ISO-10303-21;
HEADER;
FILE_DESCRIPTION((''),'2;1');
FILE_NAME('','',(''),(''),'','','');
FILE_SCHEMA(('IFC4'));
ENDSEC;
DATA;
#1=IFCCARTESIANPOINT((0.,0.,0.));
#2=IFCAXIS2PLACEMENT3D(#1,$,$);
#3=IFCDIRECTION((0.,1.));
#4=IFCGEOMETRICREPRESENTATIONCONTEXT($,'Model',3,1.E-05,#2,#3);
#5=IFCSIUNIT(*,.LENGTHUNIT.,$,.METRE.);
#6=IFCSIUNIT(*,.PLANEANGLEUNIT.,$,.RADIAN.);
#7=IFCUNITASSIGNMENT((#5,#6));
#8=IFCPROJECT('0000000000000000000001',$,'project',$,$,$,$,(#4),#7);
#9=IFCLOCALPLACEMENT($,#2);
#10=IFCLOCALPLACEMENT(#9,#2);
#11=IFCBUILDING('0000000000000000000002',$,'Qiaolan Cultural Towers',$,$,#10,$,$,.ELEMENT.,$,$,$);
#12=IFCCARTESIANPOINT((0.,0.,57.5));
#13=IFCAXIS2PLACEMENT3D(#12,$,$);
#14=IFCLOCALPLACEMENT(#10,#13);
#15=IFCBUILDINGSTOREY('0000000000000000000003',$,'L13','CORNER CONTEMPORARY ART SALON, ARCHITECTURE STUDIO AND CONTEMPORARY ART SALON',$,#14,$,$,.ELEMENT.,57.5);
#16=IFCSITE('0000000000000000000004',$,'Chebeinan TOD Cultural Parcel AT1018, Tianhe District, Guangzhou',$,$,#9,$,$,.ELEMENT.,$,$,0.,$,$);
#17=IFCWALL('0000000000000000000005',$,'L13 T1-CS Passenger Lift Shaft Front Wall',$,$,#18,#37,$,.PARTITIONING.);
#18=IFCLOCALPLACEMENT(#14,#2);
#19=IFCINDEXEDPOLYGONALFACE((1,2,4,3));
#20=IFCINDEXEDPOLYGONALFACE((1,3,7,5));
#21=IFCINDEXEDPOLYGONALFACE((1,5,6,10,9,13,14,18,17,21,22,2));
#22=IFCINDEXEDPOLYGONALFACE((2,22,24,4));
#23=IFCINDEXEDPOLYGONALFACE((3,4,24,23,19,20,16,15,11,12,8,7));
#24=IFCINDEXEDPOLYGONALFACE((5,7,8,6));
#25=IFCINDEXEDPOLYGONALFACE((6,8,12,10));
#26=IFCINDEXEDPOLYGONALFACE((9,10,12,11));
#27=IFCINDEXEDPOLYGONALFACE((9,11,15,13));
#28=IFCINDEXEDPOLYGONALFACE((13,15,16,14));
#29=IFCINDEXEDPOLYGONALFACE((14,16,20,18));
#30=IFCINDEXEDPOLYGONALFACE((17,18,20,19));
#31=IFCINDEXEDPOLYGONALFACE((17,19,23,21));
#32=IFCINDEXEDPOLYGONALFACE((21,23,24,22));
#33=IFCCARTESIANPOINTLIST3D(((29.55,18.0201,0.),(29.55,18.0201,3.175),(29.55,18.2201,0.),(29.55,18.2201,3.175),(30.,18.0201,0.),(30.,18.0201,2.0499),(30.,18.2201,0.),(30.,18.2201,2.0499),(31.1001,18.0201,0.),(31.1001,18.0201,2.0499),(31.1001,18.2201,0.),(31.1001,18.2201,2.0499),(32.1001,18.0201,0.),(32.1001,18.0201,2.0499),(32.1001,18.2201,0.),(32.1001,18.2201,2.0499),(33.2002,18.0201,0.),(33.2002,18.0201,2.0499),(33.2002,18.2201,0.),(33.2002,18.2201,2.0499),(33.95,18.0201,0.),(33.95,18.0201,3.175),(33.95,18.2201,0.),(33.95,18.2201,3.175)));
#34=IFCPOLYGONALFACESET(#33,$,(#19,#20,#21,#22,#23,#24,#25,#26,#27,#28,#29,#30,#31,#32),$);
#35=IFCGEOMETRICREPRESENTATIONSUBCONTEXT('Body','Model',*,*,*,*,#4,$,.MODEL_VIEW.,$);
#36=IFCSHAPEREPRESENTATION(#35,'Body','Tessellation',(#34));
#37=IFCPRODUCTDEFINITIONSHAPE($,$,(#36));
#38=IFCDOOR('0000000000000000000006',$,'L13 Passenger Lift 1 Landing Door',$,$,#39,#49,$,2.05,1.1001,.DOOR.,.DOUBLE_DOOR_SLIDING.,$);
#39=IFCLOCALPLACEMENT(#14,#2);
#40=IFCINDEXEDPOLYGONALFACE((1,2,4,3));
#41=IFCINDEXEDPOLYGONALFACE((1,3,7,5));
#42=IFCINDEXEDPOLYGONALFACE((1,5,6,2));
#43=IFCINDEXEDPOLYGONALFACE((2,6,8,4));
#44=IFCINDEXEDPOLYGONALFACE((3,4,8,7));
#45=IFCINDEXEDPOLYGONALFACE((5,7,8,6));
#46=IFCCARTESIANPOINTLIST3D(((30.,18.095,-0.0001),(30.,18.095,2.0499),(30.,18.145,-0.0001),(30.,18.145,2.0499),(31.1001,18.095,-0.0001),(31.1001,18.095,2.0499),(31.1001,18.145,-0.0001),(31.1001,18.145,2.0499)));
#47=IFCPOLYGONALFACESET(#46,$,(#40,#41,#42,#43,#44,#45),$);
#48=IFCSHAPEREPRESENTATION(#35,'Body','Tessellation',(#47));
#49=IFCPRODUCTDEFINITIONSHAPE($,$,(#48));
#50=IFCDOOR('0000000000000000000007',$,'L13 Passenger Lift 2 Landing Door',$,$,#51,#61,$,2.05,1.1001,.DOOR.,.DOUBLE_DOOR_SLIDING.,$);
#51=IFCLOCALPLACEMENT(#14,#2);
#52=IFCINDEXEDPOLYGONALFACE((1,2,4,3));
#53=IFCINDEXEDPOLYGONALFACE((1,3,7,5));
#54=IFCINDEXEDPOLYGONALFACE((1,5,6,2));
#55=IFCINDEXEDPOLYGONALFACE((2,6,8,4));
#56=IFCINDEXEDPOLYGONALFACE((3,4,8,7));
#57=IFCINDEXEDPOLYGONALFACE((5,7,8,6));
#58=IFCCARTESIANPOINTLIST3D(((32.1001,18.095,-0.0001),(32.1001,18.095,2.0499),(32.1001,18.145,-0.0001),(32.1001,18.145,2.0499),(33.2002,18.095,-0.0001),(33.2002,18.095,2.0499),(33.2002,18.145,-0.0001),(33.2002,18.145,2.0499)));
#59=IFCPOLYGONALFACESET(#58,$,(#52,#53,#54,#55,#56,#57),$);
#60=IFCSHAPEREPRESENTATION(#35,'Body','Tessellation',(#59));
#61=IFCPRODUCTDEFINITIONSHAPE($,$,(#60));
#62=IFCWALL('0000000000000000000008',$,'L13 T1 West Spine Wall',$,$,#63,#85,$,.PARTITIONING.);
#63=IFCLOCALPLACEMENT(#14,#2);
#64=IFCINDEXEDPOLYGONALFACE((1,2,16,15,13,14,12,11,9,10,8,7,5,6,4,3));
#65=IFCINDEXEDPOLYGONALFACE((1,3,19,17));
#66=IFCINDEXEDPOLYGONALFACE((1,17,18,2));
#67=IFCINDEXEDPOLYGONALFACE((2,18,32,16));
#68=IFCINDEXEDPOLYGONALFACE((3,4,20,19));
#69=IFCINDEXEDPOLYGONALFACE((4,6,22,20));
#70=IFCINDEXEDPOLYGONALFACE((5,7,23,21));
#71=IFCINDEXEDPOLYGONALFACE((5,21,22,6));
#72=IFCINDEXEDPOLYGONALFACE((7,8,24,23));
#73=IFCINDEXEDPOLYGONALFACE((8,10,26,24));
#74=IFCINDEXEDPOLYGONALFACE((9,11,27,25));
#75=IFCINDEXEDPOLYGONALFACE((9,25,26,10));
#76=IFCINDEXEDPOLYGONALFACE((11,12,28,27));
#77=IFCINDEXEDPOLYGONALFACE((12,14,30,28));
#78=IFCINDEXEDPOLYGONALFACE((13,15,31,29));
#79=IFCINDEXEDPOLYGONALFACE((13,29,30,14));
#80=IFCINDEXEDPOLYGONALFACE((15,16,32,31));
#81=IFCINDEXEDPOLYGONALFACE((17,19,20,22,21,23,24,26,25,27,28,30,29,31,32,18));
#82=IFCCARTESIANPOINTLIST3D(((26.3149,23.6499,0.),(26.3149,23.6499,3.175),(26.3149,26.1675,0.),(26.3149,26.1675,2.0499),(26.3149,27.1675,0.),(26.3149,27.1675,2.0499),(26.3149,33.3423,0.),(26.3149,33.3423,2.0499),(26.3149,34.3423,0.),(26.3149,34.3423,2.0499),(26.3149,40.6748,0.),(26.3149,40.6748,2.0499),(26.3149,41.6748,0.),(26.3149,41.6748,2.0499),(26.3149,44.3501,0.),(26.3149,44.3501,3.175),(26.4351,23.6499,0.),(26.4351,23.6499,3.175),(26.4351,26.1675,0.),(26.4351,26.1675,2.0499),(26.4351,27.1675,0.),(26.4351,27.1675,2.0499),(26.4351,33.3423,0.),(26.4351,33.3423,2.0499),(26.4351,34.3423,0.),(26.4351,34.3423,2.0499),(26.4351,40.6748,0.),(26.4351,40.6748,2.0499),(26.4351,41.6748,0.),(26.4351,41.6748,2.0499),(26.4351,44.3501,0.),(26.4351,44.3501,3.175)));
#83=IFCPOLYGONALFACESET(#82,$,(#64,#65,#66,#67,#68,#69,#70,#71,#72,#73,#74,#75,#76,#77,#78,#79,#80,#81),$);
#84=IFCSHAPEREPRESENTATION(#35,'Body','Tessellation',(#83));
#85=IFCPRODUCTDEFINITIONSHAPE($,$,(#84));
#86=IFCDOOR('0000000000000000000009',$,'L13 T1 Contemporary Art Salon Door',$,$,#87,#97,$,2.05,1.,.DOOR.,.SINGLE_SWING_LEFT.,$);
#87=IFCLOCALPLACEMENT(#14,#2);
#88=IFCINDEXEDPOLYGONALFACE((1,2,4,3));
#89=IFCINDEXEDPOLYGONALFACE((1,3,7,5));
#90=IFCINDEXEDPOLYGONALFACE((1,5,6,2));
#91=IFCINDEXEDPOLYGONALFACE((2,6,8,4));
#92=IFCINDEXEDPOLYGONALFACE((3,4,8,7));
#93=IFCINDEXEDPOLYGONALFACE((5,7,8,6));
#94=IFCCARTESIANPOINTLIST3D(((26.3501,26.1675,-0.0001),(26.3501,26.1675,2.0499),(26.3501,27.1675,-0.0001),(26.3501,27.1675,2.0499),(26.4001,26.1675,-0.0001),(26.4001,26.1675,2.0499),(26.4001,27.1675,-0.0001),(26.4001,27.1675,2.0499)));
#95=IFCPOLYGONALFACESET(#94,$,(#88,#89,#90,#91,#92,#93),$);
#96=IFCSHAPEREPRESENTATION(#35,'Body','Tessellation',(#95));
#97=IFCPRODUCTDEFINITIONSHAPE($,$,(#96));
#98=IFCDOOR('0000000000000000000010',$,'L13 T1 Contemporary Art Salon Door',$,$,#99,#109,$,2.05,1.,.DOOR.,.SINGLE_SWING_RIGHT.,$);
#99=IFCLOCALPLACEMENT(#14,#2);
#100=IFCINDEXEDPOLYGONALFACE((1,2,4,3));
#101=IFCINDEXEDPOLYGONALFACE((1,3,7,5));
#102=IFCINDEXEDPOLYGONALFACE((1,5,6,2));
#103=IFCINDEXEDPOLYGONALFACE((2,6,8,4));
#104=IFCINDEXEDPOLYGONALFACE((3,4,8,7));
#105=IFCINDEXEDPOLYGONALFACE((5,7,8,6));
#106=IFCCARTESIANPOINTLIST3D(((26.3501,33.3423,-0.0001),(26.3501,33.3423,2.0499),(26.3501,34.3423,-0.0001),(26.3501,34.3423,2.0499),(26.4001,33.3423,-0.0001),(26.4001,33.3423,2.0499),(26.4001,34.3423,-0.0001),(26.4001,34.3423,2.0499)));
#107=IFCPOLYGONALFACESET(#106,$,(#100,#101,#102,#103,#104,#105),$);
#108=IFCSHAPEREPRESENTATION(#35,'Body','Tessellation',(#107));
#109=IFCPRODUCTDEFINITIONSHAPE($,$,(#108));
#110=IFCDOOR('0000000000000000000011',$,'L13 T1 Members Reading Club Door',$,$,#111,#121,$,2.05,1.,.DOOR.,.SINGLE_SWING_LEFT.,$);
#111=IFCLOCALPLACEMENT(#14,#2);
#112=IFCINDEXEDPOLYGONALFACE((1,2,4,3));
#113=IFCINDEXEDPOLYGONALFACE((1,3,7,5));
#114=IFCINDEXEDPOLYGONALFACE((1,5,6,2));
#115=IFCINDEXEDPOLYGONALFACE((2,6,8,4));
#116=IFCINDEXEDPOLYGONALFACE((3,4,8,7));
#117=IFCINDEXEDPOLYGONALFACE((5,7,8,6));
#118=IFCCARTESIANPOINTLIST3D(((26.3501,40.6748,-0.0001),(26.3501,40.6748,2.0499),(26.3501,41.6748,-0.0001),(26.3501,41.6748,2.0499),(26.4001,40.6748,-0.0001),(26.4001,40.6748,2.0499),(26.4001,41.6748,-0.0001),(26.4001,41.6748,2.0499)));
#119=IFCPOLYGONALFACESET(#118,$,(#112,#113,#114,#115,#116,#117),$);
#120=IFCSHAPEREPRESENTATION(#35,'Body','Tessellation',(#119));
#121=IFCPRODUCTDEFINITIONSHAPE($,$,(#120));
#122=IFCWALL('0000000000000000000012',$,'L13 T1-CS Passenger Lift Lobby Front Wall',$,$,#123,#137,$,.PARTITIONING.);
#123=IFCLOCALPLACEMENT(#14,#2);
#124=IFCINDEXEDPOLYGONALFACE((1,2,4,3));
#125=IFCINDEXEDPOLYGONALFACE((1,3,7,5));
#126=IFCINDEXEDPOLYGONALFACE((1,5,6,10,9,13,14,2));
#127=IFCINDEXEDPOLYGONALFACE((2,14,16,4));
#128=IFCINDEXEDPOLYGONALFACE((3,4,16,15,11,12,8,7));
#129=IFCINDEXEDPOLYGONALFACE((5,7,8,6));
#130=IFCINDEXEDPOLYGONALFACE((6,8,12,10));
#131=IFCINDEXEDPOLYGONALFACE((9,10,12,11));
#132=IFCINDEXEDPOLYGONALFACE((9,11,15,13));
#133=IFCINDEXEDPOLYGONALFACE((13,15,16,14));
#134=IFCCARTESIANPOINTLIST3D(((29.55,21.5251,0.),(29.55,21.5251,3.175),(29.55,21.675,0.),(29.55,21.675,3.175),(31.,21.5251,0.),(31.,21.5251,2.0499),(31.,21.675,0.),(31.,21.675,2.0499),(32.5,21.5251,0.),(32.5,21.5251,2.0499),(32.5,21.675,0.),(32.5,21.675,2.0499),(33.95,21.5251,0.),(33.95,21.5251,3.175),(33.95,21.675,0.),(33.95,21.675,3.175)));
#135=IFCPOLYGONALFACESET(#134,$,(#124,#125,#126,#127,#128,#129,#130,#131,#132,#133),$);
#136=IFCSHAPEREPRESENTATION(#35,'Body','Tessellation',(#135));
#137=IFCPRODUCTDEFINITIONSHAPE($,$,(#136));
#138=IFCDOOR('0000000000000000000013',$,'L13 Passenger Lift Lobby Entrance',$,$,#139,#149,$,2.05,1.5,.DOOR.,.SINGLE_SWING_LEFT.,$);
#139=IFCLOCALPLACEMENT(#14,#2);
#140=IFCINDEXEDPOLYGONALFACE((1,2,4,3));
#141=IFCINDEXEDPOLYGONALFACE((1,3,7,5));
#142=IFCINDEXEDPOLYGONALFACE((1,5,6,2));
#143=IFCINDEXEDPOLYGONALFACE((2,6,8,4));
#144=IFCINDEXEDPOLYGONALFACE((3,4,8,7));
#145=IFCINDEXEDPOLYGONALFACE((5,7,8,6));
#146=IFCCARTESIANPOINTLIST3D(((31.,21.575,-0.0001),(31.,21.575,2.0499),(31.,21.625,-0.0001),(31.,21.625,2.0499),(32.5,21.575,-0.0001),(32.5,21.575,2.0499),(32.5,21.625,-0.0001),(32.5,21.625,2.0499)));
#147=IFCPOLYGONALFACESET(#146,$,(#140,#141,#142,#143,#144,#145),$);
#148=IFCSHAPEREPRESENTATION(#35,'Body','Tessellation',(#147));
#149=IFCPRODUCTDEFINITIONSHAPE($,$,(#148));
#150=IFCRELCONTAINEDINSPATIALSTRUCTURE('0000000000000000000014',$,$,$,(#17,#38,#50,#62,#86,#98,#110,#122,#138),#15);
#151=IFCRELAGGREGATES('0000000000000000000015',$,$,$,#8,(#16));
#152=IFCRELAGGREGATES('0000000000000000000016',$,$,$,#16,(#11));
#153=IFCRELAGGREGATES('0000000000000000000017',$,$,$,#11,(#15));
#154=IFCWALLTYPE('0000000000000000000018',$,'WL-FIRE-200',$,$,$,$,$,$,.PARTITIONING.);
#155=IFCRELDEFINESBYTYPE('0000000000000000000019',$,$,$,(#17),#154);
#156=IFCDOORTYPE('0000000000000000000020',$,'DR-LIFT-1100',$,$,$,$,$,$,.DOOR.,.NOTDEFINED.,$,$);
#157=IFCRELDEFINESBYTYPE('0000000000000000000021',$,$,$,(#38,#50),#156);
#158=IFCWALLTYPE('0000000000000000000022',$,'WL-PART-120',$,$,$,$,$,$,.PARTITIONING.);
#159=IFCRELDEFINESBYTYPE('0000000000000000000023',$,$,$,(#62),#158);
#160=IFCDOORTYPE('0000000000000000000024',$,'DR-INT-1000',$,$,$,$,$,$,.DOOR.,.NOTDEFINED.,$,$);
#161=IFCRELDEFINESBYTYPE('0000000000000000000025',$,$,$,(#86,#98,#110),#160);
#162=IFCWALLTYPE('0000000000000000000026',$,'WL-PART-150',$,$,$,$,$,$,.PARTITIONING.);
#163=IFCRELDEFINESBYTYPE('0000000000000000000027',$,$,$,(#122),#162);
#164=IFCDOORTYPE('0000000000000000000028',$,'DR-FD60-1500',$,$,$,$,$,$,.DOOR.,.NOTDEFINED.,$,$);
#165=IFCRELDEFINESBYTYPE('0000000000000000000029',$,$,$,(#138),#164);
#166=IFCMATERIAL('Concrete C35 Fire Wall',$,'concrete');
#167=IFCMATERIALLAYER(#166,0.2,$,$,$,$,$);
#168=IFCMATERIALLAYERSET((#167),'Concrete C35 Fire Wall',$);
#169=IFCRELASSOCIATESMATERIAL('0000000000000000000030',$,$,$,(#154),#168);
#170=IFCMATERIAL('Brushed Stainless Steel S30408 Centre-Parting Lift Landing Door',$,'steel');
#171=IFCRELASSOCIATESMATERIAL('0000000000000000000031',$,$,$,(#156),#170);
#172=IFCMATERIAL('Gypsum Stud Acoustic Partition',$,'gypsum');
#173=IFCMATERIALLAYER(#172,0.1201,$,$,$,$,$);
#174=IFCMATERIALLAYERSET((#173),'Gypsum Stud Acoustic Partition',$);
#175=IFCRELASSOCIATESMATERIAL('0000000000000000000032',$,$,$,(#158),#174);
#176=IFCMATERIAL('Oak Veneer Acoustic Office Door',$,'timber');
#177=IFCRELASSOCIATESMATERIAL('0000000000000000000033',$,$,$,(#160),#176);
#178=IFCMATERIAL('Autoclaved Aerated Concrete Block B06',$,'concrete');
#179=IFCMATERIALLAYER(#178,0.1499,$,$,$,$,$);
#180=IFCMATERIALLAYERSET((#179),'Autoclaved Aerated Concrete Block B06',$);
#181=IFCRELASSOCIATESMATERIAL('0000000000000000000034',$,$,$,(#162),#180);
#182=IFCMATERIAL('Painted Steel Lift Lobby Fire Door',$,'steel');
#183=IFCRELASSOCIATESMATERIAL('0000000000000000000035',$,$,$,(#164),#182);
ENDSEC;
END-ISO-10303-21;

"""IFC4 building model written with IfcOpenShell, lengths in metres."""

from ifc_helpers import new_model, si_unit, direction, frame, frame_2d, origin, place, context, subcontext, project, spatial, rectangle, extrude, material, layer, layer_set, type_object, element, fill, save


model = new_model("IFC4")

# Units and contexts
model_context = context("Model", 3, precision=1e-05, world=origin(), true_north=direction((0.0, 1.0)))
body_context = subcontext(model_context, "Body", "Model", "MODEL_VIEW")
ifc_project = project(units=[si_unit("LENGTHUNIT", "METRE"), si_unit("PLANEANGLEUNIT", "RADIAN")], contexts=[model_context])

# Site, building, storey
site_placement = place(None, origin())
site = spatial("IfcSite", under=ifc_project, at=site_placement, Name="Chebeinan TOD Cultural Parcel AT1018, Tianhe District, Guangzhou", CompositionType="ELEMENT", RefElevation=0.0)
building_placement = place(site_placement, origin())
building = spatial("IfcBuilding", under=site, at=building_placement, Name="Qiaolan Cultural Towers", CompositionType="ELEMENT")
storey_placement = place(building_placement, frame((0.0, 0.0, 57.5)))
storey = spatial("IfcBuildingStorey", under=building, at=storey_placement, Name="L13", Description="CORNER CONTEMPORARY ART SALON, ARCHITECTURE STUDIO AND CONTEMPORARY ART SALON", CompositionType="ELEMENT", Elevation=57.5)

# Shared definitions
ifc_material_1 = material(Name="Concrete C35 Fire Wall", Category="concrete")
ifc_layer_1 = layer(ifc_material_1, 0.2)
ifc_layer_set_1 = layer_set([ifc_layer_1], Name="Concrete C35 Fire Wall")
wall_type_1 = type_object("IfcWallType", Name="WL-FIRE-200", PredefinedType="PARTITIONING", material=ifc_layer_set_1)

# Walls, openings, doors
wall_1_placement = place(storey_placement, frame((29.55, 18.1201, 0.0), z_axis=(0.0, 0.0, 1.0), x_axis=(1.0, 0.0, 0.0)))
wall_1 = element("IfcWall", 1, at=wall_1_placement, inside=storey, type_object=wall_type_1, Name="L13 T1-CS Passenger Lift Shaft Front Wall", PredefinedType="PARTITIONING", context=body_context, shape_type="SweptSolid", body=[
    extrude(rectangle(XDim=4.3999, YDim=0.2, at=frame_2d((2.2, 0.0))), origin(), (0.0, 0.0, 1.0), 3.175),
])
opening_1_placement = place(wall_1_placement, frame((0.45, 0.0, 0.0)))
opening_1 = element("IfcOpeningElement", 2, at=opening_1_placement, cuts=wall_1, PredefinedType="OPENING", context=body_context, shape_type="SweptSolid", body=[
    extrude(rectangle(XDim=1.1001, YDim=2.05, at=frame_2d((0.55, 1.0249))), frame((0.0, 0.1099, 0.0), z_axis=(0.0, -1.0, 0.0), x_axis=(1.0, 0.0, 0.0)), (0.0, 0.0, 1.0), 0.22),
])
opening_2_placement = place(wall_1_placement, frame((2.55, 0.0, 0.0)))
opening_2 = element("IfcOpeningElement", 3, at=opening_2_placement, cuts=wall_1, PredefinedType="OPENING", context=body_context, shape_type="SweptSolid", body=[
    extrude(rectangle(XDim=1.1001, YDim=2.05, at=frame_2d((0.55, 1.0249))), frame((0.0, 0.1099, 0.0), z_axis=(0.0, -1.0, 0.0), x_axis=(1.0, 0.0, 0.0)), (0.0, 0.0, 1.0), 0.22),
])
ifc_material_2 = material(Name="Brushed Stainless Steel S30408 Centre-Parting Lift Landing Door", Category="steel")
door_type_1 = type_object("IfcDoorType", Name="DR-LIFT-1100", OperationType="NOTDEFINED", PredefinedType="DOOR", material=ifc_material_2)
door_1_placement = place(opening_1_placement, origin())
door_1 = element("IfcDoor", 4, at=door_1_placement, inside=storey, type_object=door_type_1, Name="L13 Passenger Lift 1 Landing Door", OperationType="DOUBLE_DOOR_SLIDING", OverallHeight=2.05, OverallWidth=1.1001, PredefinedType="DOOR", context=body_context, shape_type="SweptSolid", body=[
    extrude(rectangle(XDim=1.1001, YDim=2.05, at=frame_2d((0.55, 1.0249))), frame((0.0, 0.0249, 0.0), z_axis=(0.0, -1.0, 0.0), x_axis=(1.0, 0.0, 0.0)), (0.0, 0.0, 1.0), 0.05),
])
fill(opening_1, door_1)
door_2_placement = place(opening_2_placement, origin())
door_2 = element("IfcDoor", 5, at=door_2_placement, inside=storey, type_object=door_type_1, Name="L13 Passenger Lift 2 Landing Door", OperationType="DOUBLE_DOOR_SLIDING", OverallHeight=2.05, OverallWidth=1.1001, PredefinedType="DOOR", context=body_context, shape_type="SweptSolid", body=[
    extrude(rectangle(XDim=1.1001, YDim=2.05, at=frame_2d((0.55, 1.0249))), frame((0.0, 0.0249, 0.0), z_axis=(0.0, -1.0, 0.0), x_axis=(1.0, 0.0, 0.0)), (0.0, 0.0, 1.0), 0.05),
])
fill(opening_2, door_2)
ifc_material_3 = material(Name="Gypsum Stud Acoustic Partition", Category="gypsum")
ifc_layer_2 = layer(ifc_material_3, 0.1201)
ifc_layer_set_2 = layer_set([ifc_layer_2], Name="Gypsum Stud Acoustic Partition")
wall_type_2 = type_object("IfcWallType", Name="WL-PART-120", PredefinedType="PARTITIONING", material=ifc_layer_set_2)
wall_2_placement = place(storey_placement, frame((26.375, 23.6499, 0.0), z_axis=(0.0, 0.0, 1.0), x_axis=(0.0, 1.0, 0.0)))
wall_2 = element("IfcWall", 6, at=wall_2_placement, inside=storey, type_object=wall_type_2, Name="L13 T1 West Spine Wall", PredefinedType="PARTITIONING", context=body_context, shape_type="SweptSolid", body=[
    extrude(rectangle(XDim=20.7002, YDim=0.1201, at=frame_2d((10.3501, 0.0))), origin(), (0.0, 0.0, 1.0), 3.175),
])
opening_3_placement = place(wall_2_placement, frame((2.5176, 0.0, 0.0)))
opening_3 = element("IfcOpeningElement", 7, at=opening_3_placement, cuts=wall_2, PredefinedType="OPENING", context=body_context, shape_type="SweptSolid", body=[
    extrude(rectangle(XDim=1.0, YDim=2.05, at=frame_2d((0.5, 1.0249))), frame((0.0, 0.0701, 0.0), z_axis=(0.0, -1.0, 0.0), x_axis=(1.0, 0.0, 0.0)), (0.0, 0.0, 1.0), 0.1401),
])
opening_4_placement = place(wall_2_placement, frame((9.6924, 0.0, 0.0)))
opening_4 = element("IfcOpeningElement", 8, at=opening_4_placement, cuts=wall_2, PredefinedType="OPENING", context=body_context, shape_type="SweptSolid", body=[
    extrude(rectangle(XDim=1.0, YDim=2.05, at=frame_2d((0.5, 1.0249))), frame((0.0, 0.0701, 0.0), z_axis=(0.0, -1.0, 0.0), x_axis=(1.0, 0.0, 0.0)), (0.0, 0.0, 1.0), 0.1401),
])
opening_5_placement = place(wall_2_placement, frame((17.0249, 0.0, 0.0)))
opening_5 = element("IfcOpeningElement", 9, at=opening_5_placement, cuts=wall_2, PredefinedType="OPENING", context=body_context, shape_type="SweptSolid", body=[
    extrude(rectangle(XDim=1.0, YDim=2.05, at=frame_2d((0.5, 1.0249))), frame((0.0, 0.0701, 0.0), z_axis=(0.0, -1.0, 0.0), x_axis=(1.0, 0.0, 0.0)), (0.0, 0.0, 1.0), 0.1401),
])
ifc_material_4 = material(Name="Oak Veneer Acoustic Office Door", Category="timber")
door_type_2 = type_object("IfcDoorType", Name="DR-INT-1000", OperationType="NOTDEFINED", PredefinedType="DOOR", material=ifc_material_4)
door_3_placement = place(opening_3_placement, origin())
door_3 = element("IfcDoor", 10, at=door_3_placement, inside=storey, type_object=door_type_2, Name="L13 T1 Contemporary Art Salon Door", OperationType="SINGLE_SWING_LEFT", OverallHeight=2.05, OverallWidth=1.0, PredefinedType="DOOR", context=body_context, shape_type="SweptSolid", body=[
    extrude(rectangle(XDim=1.0, YDim=2.05, at=frame_2d((0.5, 1.0249))), frame((0.0, 0.0249, 0.0), z_axis=(0.0, -1.0, 0.0), x_axis=(1.0, 0.0, 0.0)), (0.0, 0.0, 1.0), 0.05),
])
fill(opening_3, door_3)
door_4_placement = place(opening_4_placement, origin())
door_4 = element("IfcDoor", 11, at=door_4_placement, inside=storey, type_object=door_type_2, Name="L13 T1 Contemporary Art Salon Door", OperationType="SINGLE_SWING_RIGHT", OverallHeight=2.05, OverallWidth=1.0, PredefinedType="DOOR", context=body_context, shape_type="SweptSolid", body=[
    extrude(rectangle(XDim=1.0, YDim=2.05, at=frame_2d((0.5, 1.0249))), frame((0.0, 0.0249, 0.0), z_axis=(0.0, -1.0, 0.0), x_axis=(1.0, 0.0, 0.0)), (0.0, 0.0, 1.0), 0.05),
])
fill(opening_4, door_4)
door_5_placement = place(opening_5_placement, origin())
door_5 = element("IfcDoor", 12, at=door_5_placement, inside=storey, type_object=door_type_2, Name="L13 T1 Members Reading Club Door", OperationType="SINGLE_SWING_LEFT", OverallHeight=2.05, OverallWidth=1.0, PredefinedType="DOOR", context=body_context, shape_type="SweptSolid", body=[
    extrude(rectangle(XDim=1.0, YDim=2.05, at=frame_2d((0.5, 1.0249))), frame((0.0, 0.0249, 0.0), z_axis=(0.0, -1.0, 0.0), x_axis=(1.0, 0.0, 0.0)), (0.0, 0.0, 1.0), 0.05),
])
fill(opening_5, door_5)

# Wall, opening, door
ifc_material_5 = material(Name="Autoclaved Aerated Concrete Block B06", Category="concrete")
ifc_layer_3 = layer(ifc_material_5, 0.1499)
ifc_layer_set_3 = layer_set([ifc_layer_3], Name="Autoclaved Aerated Concrete Block B06")
wall_type_3 = type_object("IfcWallType", Name="WL-PART-150", PredefinedType="PARTITIONING", material=ifc_layer_set_3)
wall_3_placement = place(storey_placement, frame((29.55, 21.6001, 0.0), z_axis=(0.0, 0.0, 1.0), x_axis=(1.0, 0.0, 0.0)))
wall_3 = element("IfcWall", 13, at=wall_3_placement, inside=storey, type_object=wall_type_3, Name="L13 T1-CS Passenger Lift Lobby Front Wall", PredefinedType="PARTITIONING", context=body_context, shape_type="SweptSolid", body=[
    extrude(rectangle(XDim=4.3999, YDim=0.1499, at=frame_2d((2.2, 0.0))), origin(), (0.0, 0.0, 1.0), 3.175),
])
opening_6_placement = place(wall_3_placement, frame((1.45, 0.0, 0.0)))
opening_6 = element("IfcOpeningElement", 14, at=opening_6_placement, cuts=wall_3, PredefinedType="OPENING", context=body_context, shape_type="SweptSolid", body=[
    extrude(rectangle(XDim=1.5, YDim=2.05, at=frame_2d((0.75, 1.0249))), frame((0.0, 0.085, 0.0), z_axis=(0.0, -1.0, 0.0), x_axis=(1.0, 0.0, 0.0)), (0.0, 0.0, 1.0), 0.1699),
])
ifc_material_6 = material(Name="Painted Steel Lift Lobby Fire Door", Category="steel")
door_type_3 = type_object("IfcDoorType", Name="DR-FD60-1500", OperationType="NOTDEFINED", PredefinedType="DOOR", material=ifc_material_6)
door_6_placement = place(opening_6_placement, origin())
door_6 = element("IfcDoor", 15, at=door_6_placement, inside=storey, type_object=door_type_3, Name="L13 Passenger Lift Lobby Entrance", OperationType="SINGLE_SWING_LEFT", OverallHeight=2.05, OverallWidth=1.5, PredefinedType="DOOR", context=body_context, shape_type="SweptSolid", body=[
    extrude(rectangle(XDim=1.5, YDim=2.05, at=frame_2d((0.75, 1.0249))), frame((0.0, 0.0249, 0.0), z_axis=(0.0, -1.0, 0.0), x_axis=(1.0, 0.0, 0.0)), (0.0, 0.0, 1.0), 0.05),
])
fill(opening_6, door_6)

save(model, "model.ifc")
